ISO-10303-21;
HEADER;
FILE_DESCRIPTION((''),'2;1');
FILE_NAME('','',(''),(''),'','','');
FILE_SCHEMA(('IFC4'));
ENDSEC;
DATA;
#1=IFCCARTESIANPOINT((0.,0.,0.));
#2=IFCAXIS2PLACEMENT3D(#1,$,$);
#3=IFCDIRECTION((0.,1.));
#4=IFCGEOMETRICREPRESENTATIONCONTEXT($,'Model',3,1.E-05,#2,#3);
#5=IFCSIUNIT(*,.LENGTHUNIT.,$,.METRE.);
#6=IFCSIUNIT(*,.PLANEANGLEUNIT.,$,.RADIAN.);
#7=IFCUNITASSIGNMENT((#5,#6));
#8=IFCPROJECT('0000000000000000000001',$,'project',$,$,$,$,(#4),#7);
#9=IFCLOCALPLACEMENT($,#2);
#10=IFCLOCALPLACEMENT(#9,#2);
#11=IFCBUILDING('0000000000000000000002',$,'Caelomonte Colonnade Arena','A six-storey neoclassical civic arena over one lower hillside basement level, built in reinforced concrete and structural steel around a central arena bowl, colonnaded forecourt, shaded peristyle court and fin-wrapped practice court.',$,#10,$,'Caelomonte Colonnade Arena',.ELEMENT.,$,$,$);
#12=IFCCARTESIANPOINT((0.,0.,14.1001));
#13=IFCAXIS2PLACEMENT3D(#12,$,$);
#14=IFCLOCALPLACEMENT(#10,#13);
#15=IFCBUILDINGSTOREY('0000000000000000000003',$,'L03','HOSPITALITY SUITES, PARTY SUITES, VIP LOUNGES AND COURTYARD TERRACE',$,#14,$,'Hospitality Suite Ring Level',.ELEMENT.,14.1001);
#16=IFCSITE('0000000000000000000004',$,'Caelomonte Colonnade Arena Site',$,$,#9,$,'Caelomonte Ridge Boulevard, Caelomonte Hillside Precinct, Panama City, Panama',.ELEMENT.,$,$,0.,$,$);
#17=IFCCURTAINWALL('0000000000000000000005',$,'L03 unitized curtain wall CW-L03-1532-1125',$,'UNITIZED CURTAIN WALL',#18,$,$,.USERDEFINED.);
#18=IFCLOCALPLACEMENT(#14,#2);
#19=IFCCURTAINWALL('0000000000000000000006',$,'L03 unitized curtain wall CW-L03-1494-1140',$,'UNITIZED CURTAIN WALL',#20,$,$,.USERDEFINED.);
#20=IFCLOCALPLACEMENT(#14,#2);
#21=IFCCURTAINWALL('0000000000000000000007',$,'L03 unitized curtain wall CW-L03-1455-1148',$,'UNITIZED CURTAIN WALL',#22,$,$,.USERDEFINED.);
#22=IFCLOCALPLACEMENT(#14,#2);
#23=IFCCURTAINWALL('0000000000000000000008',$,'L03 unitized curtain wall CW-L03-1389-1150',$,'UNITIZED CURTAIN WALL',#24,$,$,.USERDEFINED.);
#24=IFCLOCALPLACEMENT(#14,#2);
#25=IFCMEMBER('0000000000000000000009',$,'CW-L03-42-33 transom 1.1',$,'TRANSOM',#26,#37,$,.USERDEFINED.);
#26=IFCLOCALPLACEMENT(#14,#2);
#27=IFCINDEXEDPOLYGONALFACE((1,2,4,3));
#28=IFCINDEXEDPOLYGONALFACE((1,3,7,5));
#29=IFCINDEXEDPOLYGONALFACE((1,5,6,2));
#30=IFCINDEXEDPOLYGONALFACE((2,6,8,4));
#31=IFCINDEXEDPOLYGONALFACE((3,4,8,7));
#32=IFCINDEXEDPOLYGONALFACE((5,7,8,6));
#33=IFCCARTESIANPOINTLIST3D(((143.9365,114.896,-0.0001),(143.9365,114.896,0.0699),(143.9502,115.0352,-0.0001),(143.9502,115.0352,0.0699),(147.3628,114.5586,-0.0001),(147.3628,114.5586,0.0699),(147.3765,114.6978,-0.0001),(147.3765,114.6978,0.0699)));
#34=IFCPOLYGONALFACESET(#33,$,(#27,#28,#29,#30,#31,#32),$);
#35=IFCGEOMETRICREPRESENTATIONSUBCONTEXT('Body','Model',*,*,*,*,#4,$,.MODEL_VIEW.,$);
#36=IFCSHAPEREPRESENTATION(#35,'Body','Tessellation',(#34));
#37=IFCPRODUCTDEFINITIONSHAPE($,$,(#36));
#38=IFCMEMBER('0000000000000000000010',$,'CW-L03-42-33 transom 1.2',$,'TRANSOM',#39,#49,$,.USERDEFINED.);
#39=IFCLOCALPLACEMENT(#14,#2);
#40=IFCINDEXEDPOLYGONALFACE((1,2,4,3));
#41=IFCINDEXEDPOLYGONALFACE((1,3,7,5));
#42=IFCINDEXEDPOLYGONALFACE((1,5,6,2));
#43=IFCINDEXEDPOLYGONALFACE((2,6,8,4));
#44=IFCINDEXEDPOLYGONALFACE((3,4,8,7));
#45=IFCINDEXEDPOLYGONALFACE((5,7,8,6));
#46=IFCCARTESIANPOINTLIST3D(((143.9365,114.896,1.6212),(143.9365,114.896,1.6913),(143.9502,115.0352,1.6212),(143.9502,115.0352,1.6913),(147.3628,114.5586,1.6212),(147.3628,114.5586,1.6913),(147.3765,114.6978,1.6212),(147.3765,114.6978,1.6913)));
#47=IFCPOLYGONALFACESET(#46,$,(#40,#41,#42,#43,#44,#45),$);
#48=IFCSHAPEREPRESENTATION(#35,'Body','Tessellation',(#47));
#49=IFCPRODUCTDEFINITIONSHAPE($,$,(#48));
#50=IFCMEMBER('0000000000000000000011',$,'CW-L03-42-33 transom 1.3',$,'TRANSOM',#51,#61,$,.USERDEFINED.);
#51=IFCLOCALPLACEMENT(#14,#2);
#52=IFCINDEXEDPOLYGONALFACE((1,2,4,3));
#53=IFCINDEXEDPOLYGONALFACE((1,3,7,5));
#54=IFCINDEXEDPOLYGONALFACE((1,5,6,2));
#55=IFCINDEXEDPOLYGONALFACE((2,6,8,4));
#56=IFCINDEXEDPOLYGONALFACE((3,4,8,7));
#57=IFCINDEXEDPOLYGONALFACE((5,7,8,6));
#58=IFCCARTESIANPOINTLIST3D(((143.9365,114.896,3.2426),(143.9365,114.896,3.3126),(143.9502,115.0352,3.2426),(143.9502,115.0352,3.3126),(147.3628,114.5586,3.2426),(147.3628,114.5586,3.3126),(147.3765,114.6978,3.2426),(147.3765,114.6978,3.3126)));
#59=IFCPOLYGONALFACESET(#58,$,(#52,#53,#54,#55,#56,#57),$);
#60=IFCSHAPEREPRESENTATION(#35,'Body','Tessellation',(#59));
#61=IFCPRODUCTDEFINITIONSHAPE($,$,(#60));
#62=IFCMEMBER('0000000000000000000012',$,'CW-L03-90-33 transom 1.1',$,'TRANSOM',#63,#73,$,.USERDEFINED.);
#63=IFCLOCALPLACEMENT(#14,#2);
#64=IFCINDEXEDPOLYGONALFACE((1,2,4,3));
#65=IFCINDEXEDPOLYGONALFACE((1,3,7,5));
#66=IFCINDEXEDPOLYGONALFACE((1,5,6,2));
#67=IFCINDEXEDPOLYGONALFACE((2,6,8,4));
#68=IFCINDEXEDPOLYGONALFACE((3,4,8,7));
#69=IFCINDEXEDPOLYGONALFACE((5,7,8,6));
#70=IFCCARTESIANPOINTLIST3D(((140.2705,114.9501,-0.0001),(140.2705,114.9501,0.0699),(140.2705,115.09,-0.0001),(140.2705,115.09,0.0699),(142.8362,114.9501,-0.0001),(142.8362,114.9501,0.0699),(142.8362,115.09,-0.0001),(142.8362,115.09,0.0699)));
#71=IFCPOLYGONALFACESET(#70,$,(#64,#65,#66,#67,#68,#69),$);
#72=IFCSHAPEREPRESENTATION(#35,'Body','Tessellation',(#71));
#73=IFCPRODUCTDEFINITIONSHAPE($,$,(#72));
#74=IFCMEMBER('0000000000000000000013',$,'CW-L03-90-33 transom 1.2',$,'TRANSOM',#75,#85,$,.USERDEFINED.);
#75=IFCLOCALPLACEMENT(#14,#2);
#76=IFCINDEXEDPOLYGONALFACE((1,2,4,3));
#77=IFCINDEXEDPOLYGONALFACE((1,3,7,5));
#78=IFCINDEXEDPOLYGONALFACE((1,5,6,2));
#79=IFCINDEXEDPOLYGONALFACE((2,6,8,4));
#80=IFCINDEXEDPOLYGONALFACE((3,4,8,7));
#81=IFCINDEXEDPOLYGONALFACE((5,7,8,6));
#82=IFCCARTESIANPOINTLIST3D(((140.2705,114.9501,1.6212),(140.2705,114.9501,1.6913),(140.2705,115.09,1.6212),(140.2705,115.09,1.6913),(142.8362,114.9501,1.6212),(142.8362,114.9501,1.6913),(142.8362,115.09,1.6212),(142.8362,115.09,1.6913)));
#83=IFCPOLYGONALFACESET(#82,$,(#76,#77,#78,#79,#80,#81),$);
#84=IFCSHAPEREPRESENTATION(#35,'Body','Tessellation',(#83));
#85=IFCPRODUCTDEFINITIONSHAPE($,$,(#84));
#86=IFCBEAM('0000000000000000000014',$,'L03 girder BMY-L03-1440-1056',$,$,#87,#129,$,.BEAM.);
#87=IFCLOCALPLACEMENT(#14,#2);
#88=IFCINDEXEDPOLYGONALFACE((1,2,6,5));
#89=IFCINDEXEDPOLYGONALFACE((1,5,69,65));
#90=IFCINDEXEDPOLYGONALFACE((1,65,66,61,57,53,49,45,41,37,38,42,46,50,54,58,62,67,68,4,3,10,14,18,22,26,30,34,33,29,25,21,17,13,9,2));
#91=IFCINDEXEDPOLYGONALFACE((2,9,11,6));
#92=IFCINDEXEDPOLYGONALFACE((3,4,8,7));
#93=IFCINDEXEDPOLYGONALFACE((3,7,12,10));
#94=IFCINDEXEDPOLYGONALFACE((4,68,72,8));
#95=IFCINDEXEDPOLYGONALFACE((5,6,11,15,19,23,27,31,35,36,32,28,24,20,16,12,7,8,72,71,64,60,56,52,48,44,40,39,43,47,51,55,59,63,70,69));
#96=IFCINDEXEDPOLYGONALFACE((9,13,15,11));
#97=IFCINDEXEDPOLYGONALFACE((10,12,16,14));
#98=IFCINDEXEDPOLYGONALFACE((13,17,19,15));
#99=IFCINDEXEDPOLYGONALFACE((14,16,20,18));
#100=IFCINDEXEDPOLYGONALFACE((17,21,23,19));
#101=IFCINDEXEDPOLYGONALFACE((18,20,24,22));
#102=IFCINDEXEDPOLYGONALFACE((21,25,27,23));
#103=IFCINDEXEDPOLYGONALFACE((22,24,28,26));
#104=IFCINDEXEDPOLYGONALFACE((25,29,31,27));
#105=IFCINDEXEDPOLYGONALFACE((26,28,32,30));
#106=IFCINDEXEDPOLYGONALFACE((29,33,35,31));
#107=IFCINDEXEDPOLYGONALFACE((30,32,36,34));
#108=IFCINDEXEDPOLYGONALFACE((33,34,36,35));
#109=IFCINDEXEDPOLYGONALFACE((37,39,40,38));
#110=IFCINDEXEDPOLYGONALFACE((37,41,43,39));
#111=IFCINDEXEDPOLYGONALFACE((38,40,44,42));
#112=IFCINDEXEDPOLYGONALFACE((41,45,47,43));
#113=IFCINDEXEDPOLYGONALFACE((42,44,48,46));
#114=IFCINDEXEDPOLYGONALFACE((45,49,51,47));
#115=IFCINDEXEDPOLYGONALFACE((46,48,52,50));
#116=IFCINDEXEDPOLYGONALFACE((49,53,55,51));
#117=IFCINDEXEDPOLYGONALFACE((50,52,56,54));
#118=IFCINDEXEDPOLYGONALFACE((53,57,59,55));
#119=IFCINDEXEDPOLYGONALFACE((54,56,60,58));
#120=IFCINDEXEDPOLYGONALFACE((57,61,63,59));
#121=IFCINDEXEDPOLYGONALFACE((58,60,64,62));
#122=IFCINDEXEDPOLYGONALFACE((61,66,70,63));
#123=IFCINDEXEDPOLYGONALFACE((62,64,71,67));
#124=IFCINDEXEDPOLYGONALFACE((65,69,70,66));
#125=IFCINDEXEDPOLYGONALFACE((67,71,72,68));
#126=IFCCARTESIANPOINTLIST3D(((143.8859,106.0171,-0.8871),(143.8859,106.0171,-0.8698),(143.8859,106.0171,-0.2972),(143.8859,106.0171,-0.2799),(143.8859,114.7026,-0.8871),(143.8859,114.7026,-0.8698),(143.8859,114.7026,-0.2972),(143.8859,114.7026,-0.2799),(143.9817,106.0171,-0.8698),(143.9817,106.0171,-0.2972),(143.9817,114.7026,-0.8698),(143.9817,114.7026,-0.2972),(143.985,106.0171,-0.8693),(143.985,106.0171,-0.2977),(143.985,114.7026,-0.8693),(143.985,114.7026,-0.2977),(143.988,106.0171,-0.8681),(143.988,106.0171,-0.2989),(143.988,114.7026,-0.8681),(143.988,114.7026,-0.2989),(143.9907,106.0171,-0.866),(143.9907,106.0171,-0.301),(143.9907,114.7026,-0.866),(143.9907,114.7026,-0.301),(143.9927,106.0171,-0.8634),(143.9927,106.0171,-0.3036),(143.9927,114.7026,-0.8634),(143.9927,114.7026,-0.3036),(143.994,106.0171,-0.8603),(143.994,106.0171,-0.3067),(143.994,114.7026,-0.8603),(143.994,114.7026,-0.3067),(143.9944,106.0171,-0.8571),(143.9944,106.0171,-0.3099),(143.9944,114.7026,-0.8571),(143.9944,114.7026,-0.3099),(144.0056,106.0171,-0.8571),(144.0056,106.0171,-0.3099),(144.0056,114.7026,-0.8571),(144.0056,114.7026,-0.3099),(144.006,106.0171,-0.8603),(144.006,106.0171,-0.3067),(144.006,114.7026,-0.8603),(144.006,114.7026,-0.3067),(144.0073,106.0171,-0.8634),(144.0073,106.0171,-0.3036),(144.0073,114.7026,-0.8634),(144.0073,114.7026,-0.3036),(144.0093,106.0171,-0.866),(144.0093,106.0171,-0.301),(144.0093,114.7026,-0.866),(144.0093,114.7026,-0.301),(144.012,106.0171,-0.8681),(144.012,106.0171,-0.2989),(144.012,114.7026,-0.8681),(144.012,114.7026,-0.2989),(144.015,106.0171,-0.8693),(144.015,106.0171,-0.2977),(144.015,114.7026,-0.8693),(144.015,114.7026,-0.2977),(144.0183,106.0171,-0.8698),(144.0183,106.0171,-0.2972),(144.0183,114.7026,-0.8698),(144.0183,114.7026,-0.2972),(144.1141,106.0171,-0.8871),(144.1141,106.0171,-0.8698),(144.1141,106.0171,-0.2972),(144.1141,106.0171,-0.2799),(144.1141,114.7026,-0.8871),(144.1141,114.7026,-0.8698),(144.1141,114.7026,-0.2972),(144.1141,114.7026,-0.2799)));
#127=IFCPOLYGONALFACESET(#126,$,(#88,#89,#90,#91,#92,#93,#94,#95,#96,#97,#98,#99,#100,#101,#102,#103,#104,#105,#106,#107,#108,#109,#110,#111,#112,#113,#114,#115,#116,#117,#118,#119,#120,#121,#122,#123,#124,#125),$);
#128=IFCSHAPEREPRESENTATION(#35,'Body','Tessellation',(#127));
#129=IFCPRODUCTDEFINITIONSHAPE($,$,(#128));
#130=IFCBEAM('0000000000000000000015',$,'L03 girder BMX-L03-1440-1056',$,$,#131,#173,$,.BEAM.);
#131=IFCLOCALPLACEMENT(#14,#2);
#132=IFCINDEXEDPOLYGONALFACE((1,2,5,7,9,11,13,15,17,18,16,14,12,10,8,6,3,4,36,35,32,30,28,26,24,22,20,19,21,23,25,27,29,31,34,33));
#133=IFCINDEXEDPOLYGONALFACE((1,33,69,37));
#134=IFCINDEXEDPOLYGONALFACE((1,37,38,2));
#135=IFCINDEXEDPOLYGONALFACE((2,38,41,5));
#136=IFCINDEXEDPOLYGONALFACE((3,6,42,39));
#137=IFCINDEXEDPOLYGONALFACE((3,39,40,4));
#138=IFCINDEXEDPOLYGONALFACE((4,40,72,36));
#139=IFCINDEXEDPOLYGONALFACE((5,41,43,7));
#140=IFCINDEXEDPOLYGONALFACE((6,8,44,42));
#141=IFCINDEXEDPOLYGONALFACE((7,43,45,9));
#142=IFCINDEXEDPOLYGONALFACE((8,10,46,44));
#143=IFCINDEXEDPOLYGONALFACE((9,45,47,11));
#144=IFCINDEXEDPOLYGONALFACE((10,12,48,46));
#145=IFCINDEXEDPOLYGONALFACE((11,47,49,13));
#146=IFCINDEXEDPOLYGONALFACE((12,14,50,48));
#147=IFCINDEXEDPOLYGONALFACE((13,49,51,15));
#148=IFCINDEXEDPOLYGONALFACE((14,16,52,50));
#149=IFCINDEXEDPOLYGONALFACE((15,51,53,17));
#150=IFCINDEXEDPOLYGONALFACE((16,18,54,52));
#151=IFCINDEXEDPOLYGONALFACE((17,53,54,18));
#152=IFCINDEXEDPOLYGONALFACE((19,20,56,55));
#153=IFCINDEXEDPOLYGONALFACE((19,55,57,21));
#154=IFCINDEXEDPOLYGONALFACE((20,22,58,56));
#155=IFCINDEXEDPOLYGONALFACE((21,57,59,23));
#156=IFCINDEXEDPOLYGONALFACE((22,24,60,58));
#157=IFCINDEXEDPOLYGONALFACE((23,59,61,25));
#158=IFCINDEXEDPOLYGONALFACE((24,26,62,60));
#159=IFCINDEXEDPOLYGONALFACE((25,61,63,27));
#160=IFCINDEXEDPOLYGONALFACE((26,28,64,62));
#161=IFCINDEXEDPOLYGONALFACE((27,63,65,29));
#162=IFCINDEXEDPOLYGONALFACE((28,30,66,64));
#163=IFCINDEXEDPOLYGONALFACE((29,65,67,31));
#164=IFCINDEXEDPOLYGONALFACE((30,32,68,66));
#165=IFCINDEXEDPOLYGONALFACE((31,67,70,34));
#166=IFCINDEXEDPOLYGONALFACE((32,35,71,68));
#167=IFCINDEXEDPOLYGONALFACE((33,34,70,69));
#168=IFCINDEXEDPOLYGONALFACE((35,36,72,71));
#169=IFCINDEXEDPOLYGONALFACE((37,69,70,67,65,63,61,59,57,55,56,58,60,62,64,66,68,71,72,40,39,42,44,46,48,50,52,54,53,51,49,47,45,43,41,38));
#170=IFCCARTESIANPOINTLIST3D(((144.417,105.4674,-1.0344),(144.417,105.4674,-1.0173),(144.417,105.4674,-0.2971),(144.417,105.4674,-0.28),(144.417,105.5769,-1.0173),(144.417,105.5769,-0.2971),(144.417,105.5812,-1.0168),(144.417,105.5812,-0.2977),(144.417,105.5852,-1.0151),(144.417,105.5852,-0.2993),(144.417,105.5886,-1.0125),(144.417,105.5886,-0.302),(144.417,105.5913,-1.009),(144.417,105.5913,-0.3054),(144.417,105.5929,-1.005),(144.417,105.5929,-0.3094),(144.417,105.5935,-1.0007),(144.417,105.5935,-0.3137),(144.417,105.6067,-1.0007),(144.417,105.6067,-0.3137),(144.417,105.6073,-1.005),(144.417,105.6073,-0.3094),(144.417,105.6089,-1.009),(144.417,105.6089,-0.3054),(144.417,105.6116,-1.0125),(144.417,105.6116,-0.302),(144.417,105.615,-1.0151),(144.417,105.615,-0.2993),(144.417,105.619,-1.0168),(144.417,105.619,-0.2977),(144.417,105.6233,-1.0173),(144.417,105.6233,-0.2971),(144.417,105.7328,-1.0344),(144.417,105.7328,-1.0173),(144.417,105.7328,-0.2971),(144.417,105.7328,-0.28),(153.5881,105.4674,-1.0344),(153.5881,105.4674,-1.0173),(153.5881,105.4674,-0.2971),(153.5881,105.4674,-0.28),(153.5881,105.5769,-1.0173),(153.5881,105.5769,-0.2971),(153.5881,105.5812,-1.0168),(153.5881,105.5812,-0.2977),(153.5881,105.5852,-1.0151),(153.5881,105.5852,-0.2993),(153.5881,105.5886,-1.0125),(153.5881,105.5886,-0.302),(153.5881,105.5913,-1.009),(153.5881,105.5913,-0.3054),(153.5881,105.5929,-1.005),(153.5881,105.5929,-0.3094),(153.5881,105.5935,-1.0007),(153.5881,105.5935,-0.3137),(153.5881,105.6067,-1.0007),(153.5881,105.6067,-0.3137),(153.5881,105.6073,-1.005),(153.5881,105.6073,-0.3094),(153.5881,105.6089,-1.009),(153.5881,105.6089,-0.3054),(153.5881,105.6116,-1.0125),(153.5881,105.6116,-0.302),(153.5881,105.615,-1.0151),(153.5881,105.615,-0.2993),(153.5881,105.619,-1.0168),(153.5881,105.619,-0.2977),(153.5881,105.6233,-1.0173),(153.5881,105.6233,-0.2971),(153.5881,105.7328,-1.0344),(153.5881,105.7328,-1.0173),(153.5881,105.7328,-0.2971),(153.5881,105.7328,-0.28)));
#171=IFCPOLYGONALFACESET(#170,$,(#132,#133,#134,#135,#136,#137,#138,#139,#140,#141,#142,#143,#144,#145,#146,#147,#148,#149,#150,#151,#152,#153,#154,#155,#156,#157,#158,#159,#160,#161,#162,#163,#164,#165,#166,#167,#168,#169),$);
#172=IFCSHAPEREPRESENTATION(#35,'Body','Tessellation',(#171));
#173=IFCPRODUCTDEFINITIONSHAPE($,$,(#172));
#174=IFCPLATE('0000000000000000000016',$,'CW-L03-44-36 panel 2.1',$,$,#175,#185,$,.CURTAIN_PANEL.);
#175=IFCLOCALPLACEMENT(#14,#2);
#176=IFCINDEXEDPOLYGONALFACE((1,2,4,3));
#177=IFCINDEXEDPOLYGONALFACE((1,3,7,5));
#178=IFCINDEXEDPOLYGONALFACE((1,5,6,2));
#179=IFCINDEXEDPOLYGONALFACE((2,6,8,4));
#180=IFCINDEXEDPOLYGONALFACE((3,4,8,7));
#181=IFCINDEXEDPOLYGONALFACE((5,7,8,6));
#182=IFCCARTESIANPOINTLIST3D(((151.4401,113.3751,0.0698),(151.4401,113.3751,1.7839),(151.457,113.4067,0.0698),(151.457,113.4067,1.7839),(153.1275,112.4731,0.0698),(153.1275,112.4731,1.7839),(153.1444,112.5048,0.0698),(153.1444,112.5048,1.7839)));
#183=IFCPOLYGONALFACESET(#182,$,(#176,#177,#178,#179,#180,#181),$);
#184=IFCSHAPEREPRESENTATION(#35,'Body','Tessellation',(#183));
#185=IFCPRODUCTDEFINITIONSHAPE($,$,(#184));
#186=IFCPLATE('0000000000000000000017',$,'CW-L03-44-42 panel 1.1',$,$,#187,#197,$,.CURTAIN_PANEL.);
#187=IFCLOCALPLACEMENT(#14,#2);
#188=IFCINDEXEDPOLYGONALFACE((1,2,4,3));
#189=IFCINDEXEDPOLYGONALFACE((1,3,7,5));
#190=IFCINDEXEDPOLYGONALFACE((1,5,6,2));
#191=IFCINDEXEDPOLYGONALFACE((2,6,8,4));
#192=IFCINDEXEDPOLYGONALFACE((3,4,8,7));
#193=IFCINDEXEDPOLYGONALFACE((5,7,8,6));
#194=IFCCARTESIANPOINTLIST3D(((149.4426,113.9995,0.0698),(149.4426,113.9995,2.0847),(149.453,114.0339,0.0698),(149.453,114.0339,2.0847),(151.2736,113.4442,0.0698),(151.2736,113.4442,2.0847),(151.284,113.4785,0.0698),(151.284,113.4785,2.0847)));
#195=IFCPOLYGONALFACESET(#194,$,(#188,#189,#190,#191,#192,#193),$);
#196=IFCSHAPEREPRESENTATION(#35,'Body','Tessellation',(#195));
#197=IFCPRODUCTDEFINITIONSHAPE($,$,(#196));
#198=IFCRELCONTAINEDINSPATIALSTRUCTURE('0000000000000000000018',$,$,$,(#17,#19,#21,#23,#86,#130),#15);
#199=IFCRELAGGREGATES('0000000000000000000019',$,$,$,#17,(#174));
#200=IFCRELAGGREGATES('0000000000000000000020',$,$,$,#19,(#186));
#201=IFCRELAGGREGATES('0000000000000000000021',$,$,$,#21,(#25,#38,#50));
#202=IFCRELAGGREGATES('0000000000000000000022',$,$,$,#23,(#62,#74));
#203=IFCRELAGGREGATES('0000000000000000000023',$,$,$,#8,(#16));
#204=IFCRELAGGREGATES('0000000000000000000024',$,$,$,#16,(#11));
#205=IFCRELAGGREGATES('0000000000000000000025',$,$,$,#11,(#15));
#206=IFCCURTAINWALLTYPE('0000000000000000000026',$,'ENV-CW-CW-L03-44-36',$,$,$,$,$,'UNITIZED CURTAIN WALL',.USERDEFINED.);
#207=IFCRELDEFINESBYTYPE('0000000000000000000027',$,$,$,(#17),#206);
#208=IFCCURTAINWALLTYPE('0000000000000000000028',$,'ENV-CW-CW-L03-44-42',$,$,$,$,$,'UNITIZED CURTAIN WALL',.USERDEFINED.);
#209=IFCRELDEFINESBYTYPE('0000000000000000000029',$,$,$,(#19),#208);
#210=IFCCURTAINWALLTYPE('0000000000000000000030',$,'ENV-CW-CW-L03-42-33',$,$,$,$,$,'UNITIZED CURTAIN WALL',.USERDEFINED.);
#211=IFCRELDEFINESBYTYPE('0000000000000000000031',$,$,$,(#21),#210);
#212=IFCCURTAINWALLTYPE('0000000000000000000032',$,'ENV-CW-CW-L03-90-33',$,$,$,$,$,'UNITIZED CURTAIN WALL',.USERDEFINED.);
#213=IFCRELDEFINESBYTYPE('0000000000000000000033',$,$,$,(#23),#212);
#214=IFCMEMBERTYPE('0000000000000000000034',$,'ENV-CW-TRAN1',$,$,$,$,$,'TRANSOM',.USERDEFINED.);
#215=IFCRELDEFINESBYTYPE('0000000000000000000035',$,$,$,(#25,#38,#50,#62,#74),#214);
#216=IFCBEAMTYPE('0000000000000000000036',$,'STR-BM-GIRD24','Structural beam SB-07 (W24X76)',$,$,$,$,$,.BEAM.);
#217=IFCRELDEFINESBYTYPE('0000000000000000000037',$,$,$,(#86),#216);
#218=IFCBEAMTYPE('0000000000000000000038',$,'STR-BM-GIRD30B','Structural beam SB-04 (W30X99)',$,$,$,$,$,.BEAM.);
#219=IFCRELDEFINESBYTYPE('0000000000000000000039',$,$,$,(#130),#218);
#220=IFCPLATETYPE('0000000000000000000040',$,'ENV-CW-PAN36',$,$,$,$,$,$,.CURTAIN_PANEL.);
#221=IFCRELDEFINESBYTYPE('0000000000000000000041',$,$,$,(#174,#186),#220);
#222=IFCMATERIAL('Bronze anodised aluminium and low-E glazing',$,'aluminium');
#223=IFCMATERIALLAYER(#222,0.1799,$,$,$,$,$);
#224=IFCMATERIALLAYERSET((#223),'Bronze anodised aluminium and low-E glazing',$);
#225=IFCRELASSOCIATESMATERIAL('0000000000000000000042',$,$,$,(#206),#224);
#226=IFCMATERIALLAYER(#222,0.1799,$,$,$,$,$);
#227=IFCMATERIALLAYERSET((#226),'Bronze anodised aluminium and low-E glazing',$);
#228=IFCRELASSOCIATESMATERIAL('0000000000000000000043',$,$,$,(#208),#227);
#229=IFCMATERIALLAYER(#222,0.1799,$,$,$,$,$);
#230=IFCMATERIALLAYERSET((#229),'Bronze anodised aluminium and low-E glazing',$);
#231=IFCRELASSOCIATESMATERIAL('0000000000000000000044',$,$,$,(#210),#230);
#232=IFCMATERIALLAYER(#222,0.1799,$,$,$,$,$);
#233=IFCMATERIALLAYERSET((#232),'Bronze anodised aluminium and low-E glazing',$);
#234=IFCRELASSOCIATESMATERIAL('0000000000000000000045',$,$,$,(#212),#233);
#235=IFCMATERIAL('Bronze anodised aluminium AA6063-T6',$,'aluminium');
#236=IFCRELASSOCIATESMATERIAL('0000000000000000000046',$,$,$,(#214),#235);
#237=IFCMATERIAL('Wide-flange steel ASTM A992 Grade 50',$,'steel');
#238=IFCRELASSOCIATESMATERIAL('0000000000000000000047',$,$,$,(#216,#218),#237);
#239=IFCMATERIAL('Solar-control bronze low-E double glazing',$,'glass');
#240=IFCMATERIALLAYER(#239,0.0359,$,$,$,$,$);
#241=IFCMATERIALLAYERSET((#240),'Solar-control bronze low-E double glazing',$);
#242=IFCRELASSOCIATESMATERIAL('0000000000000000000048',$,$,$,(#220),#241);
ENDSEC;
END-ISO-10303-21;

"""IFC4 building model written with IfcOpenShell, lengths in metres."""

from ifc_helpers import new_model, si_unit, direction, frame, origin, origin_2d, place, context, subcontext, project, spatial, rectangle, i_section, extrude, material, layer, layer_set, material_profile, profile_set, type_object, element, aggregate, save


model = new_model("IFC4")

# Units and contexts
model_context = context("Model", 3, precision=1e-05, world=origin(), true_north=direction((0.0, 1.0)))
body_context = subcontext(model_context, "Body", "Model", "MODEL_VIEW")
ifc_project = project(units=[si_unit("LENGTHUNIT", "METRE"), si_unit("PLANEANGLEUNIT", "RADIAN")], contexts=[model_context])

# Site, building, storey
site_placement = place(None, origin())
site = spatial("IfcSite", under=ifc_project, at=site_placement, Name="Caelomonte Colonnade Arena Site", LongName="Caelomonte Ridge Boulevard, Caelomonte Hillside Precinct, Panama City, Panama", CompositionType="ELEMENT", RefElevation=0.0)
building_placement = place(site_placement, origin())
building = spatial("IfcBuilding", under=site, at=building_placement, Name="Caelomonte Colonnade Arena", Description="A six-storey neoclassical civic arena over one lower hillside basement level, built in reinforced concrete and structural steel around a central arena bowl, colonnaded forecourt, shaded peristyle court and fin-wrapped practice court.", LongName="Caelomonte Colonnade Arena", CompositionType="ELEMENT")
storey_placement = place(building_placement, frame((0.0, 0.0, 14.1001)))
storey = spatial("IfcBuildingStorey", under=building, at=storey_placement, Name="L03", Description="HOSPITALITY SUITES, PARTY SUITES, VIP LOUNGES AND COURTYARD TERRACE", LongName="Hospitality Suite Ring Level", CompositionType="ELEMENT", Elevation=14.1001)

# Curtain wall
ifc_material_1 = material(Name="Bronze anodised aluminium and low-E glazing", Category="aluminium")
ifc_layer_1 = layer(ifc_material_1, 0.1799)
ifc_layer_set_1 = layer_set([ifc_layer_1], Name="Bronze anodised aluminium and low-E glazing")
curtain_wall_type_1 = type_object("IfcCurtainWallType", Name="ENV-CW-CW-L03-44-36", ElementType="UNITIZED CURTAIN WALL", PredefinedType="USERDEFINED", material=ifc_layer_set_1)
curtain_wall_1_placement = place(storey_placement, origin())
curtain_wall_1 = element("IfcCurtainWall", 1, at=curtain_wall_1_placement, inside=storey, type_object=curtain_wall_type_1, Name="L03 unitized curtain wall CW-L03-1532-1125", ObjectType="UNITIZED CURTAIN WALL", PredefinedType="USERDEFINED")
ifc_material_2 = material(Name="Bronze anodised aluminium AA6063-T6", Category="aluminium")

# Curtain walls
ifc_layer_2 = layer(ifc_material_1, 0.1799)
ifc_layer_set_2 = layer_set([ifc_layer_2], Name="Bronze anodised aluminium and low-E glazing")
curtain_wall_type_2 = type_object("IfcCurtainWallType", Name="ENV-CW-CW-L03-44-42", ElementType="UNITIZED CURTAIN WALL", PredefinedType="USERDEFINED", material=ifc_layer_set_2)
curtain_wall_2_placement = place(storey_placement, origin())
curtain_wall_2 = element("IfcCurtainWall", 2, at=curtain_wall_2_placement, inside=storey, type_object=curtain_wall_type_2, Name="L03 unitized curtain wall CW-L03-1494-1140", ObjectType="UNITIZED CURTAIN WALL", PredefinedType="USERDEFINED")
ifc_layer_3 = layer(ifc_material_1, 0.1799)
ifc_layer_set_3 = layer_set([ifc_layer_3], Name="Bronze anodised aluminium and low-E glazing")
curtain_wall_type_3 = type_object("IfcCurtainWallType", Name="ENV-CW-CW-L03-42-33", ElementType="UNITIZED CURTAIN WALL", PredefinedType="USERDEFINED", material=ifc_layer_set_3)
curtain_wall_3_placement = place(storey_placement, origin())
curtain_wall_3 = element("IfcCurtainWall", 3, at=curtain_wall_3_placement, inside=storey, type_object=curtain_wall_type_3, Name="L03 unitized curtain wall CW-L03-1455-1148", ObjectType="UNITIZED CURTAIN WALL", PredefinedType="USERDEFINED")

# Curtain wall
ifc_layer_4 = layer(ifc_material_1, 0.1799)
ifc_layer_set_4 = layer_set([ifc_layer_4], Name="Bronze anodised aluminium and low-E glazing")
curtain_wall_type_4 = type_object("IfcCurtainWallType", Name="ENV-CW-CW-L03-90-33", ElementType="UNITIZED CURTAIN WALL", PredefinedType="USERDEFINED", material=ifc_layer_set_4)
curtain_wall_4_placement = place(storey_placement, origin())
curtain_wall_4 = element("IfcCurtainWall", 4, at=curtain_wall_4_placement, inside=storey, type_object=curtain_wall_type_4, Name="L03 unitized curtain wall CW-L03-1389-1150", ObjectType="UNITIZED CURTAIN WALL", PredefinedType="USERDEFINED")

# Members
ifc_material_profile_1 = material_profile(ifc_material_2, rectangle(XDim=0.0701, YDim=0.1399, at=origin_2d()), Name="CWT-70X140")
ifc_profile_set_1 = profile_set([ifc_material_profile_1], Name="Bronze anodised aluminium AA6063-T6")
member_type_1 = type_object("IfcMemberType", Name="ENV-CW-TRAN1", ElementType="TRANSOM", PredefinedType="USERDEFINED", material=ifc_profile_set_1)
member_1_placement = place(storey_placement, frame((147.3696, 114.6282, 0.0349), z_axis=(-0.995186, 0.098001, 0.0), x_axis=(0.0, 0.0, 1.0)))
member_1 = element("IfcMember", 5, at=member_1_placement, type_object=member_type_1, Name="CW-L03-42-33 transom 1.1", ObjectType="TRANSOM", PredefinedType="USERDEFINED", context=body_context, shape_type="SweptSolid", body=[
    extrude(rectangle(XDim=0.0701, YDim=0.1399, at=origin_2d()), origin(), (0.0, 0.0, 1.0), 3.4429),
])
member_2_placement = place(storey_placement, frame((147.3696, 114.6282, 1.6562), z_axis=(-0.995186, 0.098001, 0.0), x_axis=(0.0, 0.0, 1.0)))
member_2 = element("IfcMember", 6, at=member_2_placement, type_object=member_type_1, Name="CW-L03-42-33 transom 1.2", ObjectType="TRANSOM", PredefinedType="USERDEFINED", context=body_context, shape_type="SweptSolid", body=[
    extrude(rectangle(XDim=0.0701, YDim=0.1399, at=origin_2d()), origin(), (0.0, 0.0, 1.0), 3.4429),
])
member_3_placement = place(storey_placement, frame((147.3696, 114.6282, 3.2776), z_axis=(-0.995186, 0.098001, 0.0), x_axis=(0.0, 0.0, 1.0)))
member_3 = element("IfcMember", 7, at=member_3_placement, type_object=member_type_1, Name="CW-L03-42-33 transom 1.3", ObjectType="TRANSOM", PredefinedType="USERDEFINED", context=body_context, shape_type="SweptSolid", body=[
    extrude(rectangle(XDim=0.0701, YDim=0.1399, at=origin_2d()), origin(), (0.0, 0.0, 1.0), 3.4429),
])
member_4_placement = place(storey_placement, frame((142.8362, 115.02, 0.0349), z_axis=(-1.0, 0.0, 0.0), x_axis=(0.0, 0.0, 1.0)))
member_4 = element("IfcMember", 8, at=member_4_placement, type_object=member_type_1, Name="CW-L03-90-33 transom 1.1", ObjectType="TRANSOM", PredefinedType="USERDEFINED", context=body_context, shape_type="SweptSolid", body=[
    extrude(rectangle(XDim=0.0701, YDim=0.1399, at=origin_2d()), origin(), (0.0, 0.0, 1.0), 2.5657),
])
member_5_placement = place(storey_placement, frame((142.8362, 115.02, 1.6562), z_axis=(-1.0, 0.0, 0.0), x_axis=(0.0, 0.0, 1.0)))
member_5 = element("IfcMember", 9, at=member_5_placement, type_object=member_type_1, Name="CW-L03-90-33 transom 1.2", ObjectType="TRANSOM", PredefinedType="USERDEFINED", context=body_context, shape_type="SweptSolid", body=[
    extrude(rectangle(XDim=0.0701, YDim=0.1399, at=origin_2d()), origin(), (0.0, 0.0, 1.0), 2.5657),
])

# Beams
ifc_material_3 = material(Name="Wide-flange steel ASTM A992 Grade 50", Category="steel")
ifc_material_profile_2 = material_profile(ifc_material_3, i_section(OverallWidth=0.2283, OverallDepth=0.6072, WebThickness=0.0112, FlangeThickness=0.0173, FilletRadius=0.0127, at=origin_2d()), Name="W24X76")
ifc_profile_set_2 = profile_set([ifc_material_profile_2], Name="Wide-flange steel ASTM A992 Grade 50")
beam_type_1 = type_object("IfcBeamType", Name="STR-BM-GIRD24", Description="Structural beam SB-07 (W24X76)", PredefinedType="BEAM", material=ifc_profile_set_2)
beam_1_placement = place(storey_placement, frame((144.0, 106.0171, -0.5835), z_axis=(0.0, 1.0, 0.0), x_axis=(-1.0, 0.0, 0.0)))
element("IfcBeam", 10, at=beam_1_placement, inside=storey, type_object=beam_type_1, Name="L03 girder BMY-L03-1440-1056", PredefinedType="BEAM", context=body_context, shape_type="SweptSolid", body=[
    extrude(i_section(OverallWidth=0.2283, OverallDepth=0.6072, WebThickness=0.0112, FlangeThickness=0.0173, FilletRadius=0.0127, at=origin_2d()), origin(), (0.0, 0.0, 1.0), 8.6855),
])
ifc_material_profile_3 = material_profile(ifc_material_3, i_section(OverallWidth=0.2654, OverallDepth=0.7544, WebThickness=0.0132, FlangeThickness=0.0171, FilletRadius=0.0166, at=origin_2d()), Name="W30X99")
ifc_profile_set_3 = profile_set([ifc_material_profile_3], Name="Wide-flange steel ASTM A992 Grade 50")
beam_type_2 = type_object("IfcBeamType", Name="STR-BM-GIRD30B", Description="Structural beam SB-04 (W30X99)", PredefinedType="BEAM", material=ifc_profile_set_3)
beam_2_placement = place(storey_placement, frame((144.417, 105.6001, -0.6572), z_axis=(1.0, 0.0, 0.0), x_axis=(0.0, 1.0, 0.0)))
element("IfcBeam", 11, at=beam_2_placement, inside=storey, type_object=beam_type_2, Name="L03 girder BMX-L03-1440-1056", PredefinedType="BEAM", context=body_context, shape_type="SweptSolid", body=[
    extrude(i_section(OverallWidth=0.2654, OverallDepth=0.7544, WebThickness=0.0132, FlangeThickness=0.0171, FilletRadius=0.0166, at=origin_2d()), origin(), (0.0, 0.0, 1.0), 9.1711),
])

# Plates
ifc_material_4 = material(Name="Solar-control bronze low-E double glazing", Category="glass")
ifc_layer_5 = layer(ifc_material_4, 0.0359)
ifc_layer_set_5 = layer_set([ifc_layer_5], Name="Solar-control bronze low-E double glazing")
plate_type = type_object("IfcPlateType", Name="ENV-CW-PAN36", PredefinedType="CURTAIN_PANEL", material=ifc_layer_set_5)
plate_1_placement = place(storey_placement, frame((152.2922, 112.9399, 0.0698), z_axis=(0.0, 0.0, 1.0), x_axis=(-0.881923, 0.471394, 0.0)))
plate_1 = element("IfcPlate", 12, at=plate_1_placement, type_object=plate_type, Name="CW-L03-44-36 panel 2.1", PredefinedType="CURTAIN_PANEL", context=body_context, shape_type="SweptSolid", body=[
    extrude(rectangle(XDim=1.9133, YDim=0.0359, at=origin_2d()), origin(), (0.0, 0.0, 1.0), 1.7141),
])
aggregate(curtain_wall_1, [plate_1])
plate_2_placement = place(storey_placement, frame((150.3633, 113.739, 0.0698), z_axis=(0.0, 0.0, 1.0), x_axis=(-0.956949, 0.290256, 0.0)))
plate_2 = element("IfcPlate", 13, at=plate_2_placement, type_object=plate_type, Name="CW-L03-44-42 panel 1.1", PredefinedType="CURTAIN_PANEL", context=body_context, shape_type="SweptSolid", body=[
    extrude(rectangle(XDim=1.9133, YDim=0.0359, at=origin_2d()), origin(), (0.0, 0.0, 1.0), 2.0149),
])
aggregate(curtain_wall_2, [plate_2])
aggregate(curtain_wall_3, [member_1, member_2, member_3])
aggregate(curtain_wall_4, [member_4, member_5])

save(model, "model.ifc")
